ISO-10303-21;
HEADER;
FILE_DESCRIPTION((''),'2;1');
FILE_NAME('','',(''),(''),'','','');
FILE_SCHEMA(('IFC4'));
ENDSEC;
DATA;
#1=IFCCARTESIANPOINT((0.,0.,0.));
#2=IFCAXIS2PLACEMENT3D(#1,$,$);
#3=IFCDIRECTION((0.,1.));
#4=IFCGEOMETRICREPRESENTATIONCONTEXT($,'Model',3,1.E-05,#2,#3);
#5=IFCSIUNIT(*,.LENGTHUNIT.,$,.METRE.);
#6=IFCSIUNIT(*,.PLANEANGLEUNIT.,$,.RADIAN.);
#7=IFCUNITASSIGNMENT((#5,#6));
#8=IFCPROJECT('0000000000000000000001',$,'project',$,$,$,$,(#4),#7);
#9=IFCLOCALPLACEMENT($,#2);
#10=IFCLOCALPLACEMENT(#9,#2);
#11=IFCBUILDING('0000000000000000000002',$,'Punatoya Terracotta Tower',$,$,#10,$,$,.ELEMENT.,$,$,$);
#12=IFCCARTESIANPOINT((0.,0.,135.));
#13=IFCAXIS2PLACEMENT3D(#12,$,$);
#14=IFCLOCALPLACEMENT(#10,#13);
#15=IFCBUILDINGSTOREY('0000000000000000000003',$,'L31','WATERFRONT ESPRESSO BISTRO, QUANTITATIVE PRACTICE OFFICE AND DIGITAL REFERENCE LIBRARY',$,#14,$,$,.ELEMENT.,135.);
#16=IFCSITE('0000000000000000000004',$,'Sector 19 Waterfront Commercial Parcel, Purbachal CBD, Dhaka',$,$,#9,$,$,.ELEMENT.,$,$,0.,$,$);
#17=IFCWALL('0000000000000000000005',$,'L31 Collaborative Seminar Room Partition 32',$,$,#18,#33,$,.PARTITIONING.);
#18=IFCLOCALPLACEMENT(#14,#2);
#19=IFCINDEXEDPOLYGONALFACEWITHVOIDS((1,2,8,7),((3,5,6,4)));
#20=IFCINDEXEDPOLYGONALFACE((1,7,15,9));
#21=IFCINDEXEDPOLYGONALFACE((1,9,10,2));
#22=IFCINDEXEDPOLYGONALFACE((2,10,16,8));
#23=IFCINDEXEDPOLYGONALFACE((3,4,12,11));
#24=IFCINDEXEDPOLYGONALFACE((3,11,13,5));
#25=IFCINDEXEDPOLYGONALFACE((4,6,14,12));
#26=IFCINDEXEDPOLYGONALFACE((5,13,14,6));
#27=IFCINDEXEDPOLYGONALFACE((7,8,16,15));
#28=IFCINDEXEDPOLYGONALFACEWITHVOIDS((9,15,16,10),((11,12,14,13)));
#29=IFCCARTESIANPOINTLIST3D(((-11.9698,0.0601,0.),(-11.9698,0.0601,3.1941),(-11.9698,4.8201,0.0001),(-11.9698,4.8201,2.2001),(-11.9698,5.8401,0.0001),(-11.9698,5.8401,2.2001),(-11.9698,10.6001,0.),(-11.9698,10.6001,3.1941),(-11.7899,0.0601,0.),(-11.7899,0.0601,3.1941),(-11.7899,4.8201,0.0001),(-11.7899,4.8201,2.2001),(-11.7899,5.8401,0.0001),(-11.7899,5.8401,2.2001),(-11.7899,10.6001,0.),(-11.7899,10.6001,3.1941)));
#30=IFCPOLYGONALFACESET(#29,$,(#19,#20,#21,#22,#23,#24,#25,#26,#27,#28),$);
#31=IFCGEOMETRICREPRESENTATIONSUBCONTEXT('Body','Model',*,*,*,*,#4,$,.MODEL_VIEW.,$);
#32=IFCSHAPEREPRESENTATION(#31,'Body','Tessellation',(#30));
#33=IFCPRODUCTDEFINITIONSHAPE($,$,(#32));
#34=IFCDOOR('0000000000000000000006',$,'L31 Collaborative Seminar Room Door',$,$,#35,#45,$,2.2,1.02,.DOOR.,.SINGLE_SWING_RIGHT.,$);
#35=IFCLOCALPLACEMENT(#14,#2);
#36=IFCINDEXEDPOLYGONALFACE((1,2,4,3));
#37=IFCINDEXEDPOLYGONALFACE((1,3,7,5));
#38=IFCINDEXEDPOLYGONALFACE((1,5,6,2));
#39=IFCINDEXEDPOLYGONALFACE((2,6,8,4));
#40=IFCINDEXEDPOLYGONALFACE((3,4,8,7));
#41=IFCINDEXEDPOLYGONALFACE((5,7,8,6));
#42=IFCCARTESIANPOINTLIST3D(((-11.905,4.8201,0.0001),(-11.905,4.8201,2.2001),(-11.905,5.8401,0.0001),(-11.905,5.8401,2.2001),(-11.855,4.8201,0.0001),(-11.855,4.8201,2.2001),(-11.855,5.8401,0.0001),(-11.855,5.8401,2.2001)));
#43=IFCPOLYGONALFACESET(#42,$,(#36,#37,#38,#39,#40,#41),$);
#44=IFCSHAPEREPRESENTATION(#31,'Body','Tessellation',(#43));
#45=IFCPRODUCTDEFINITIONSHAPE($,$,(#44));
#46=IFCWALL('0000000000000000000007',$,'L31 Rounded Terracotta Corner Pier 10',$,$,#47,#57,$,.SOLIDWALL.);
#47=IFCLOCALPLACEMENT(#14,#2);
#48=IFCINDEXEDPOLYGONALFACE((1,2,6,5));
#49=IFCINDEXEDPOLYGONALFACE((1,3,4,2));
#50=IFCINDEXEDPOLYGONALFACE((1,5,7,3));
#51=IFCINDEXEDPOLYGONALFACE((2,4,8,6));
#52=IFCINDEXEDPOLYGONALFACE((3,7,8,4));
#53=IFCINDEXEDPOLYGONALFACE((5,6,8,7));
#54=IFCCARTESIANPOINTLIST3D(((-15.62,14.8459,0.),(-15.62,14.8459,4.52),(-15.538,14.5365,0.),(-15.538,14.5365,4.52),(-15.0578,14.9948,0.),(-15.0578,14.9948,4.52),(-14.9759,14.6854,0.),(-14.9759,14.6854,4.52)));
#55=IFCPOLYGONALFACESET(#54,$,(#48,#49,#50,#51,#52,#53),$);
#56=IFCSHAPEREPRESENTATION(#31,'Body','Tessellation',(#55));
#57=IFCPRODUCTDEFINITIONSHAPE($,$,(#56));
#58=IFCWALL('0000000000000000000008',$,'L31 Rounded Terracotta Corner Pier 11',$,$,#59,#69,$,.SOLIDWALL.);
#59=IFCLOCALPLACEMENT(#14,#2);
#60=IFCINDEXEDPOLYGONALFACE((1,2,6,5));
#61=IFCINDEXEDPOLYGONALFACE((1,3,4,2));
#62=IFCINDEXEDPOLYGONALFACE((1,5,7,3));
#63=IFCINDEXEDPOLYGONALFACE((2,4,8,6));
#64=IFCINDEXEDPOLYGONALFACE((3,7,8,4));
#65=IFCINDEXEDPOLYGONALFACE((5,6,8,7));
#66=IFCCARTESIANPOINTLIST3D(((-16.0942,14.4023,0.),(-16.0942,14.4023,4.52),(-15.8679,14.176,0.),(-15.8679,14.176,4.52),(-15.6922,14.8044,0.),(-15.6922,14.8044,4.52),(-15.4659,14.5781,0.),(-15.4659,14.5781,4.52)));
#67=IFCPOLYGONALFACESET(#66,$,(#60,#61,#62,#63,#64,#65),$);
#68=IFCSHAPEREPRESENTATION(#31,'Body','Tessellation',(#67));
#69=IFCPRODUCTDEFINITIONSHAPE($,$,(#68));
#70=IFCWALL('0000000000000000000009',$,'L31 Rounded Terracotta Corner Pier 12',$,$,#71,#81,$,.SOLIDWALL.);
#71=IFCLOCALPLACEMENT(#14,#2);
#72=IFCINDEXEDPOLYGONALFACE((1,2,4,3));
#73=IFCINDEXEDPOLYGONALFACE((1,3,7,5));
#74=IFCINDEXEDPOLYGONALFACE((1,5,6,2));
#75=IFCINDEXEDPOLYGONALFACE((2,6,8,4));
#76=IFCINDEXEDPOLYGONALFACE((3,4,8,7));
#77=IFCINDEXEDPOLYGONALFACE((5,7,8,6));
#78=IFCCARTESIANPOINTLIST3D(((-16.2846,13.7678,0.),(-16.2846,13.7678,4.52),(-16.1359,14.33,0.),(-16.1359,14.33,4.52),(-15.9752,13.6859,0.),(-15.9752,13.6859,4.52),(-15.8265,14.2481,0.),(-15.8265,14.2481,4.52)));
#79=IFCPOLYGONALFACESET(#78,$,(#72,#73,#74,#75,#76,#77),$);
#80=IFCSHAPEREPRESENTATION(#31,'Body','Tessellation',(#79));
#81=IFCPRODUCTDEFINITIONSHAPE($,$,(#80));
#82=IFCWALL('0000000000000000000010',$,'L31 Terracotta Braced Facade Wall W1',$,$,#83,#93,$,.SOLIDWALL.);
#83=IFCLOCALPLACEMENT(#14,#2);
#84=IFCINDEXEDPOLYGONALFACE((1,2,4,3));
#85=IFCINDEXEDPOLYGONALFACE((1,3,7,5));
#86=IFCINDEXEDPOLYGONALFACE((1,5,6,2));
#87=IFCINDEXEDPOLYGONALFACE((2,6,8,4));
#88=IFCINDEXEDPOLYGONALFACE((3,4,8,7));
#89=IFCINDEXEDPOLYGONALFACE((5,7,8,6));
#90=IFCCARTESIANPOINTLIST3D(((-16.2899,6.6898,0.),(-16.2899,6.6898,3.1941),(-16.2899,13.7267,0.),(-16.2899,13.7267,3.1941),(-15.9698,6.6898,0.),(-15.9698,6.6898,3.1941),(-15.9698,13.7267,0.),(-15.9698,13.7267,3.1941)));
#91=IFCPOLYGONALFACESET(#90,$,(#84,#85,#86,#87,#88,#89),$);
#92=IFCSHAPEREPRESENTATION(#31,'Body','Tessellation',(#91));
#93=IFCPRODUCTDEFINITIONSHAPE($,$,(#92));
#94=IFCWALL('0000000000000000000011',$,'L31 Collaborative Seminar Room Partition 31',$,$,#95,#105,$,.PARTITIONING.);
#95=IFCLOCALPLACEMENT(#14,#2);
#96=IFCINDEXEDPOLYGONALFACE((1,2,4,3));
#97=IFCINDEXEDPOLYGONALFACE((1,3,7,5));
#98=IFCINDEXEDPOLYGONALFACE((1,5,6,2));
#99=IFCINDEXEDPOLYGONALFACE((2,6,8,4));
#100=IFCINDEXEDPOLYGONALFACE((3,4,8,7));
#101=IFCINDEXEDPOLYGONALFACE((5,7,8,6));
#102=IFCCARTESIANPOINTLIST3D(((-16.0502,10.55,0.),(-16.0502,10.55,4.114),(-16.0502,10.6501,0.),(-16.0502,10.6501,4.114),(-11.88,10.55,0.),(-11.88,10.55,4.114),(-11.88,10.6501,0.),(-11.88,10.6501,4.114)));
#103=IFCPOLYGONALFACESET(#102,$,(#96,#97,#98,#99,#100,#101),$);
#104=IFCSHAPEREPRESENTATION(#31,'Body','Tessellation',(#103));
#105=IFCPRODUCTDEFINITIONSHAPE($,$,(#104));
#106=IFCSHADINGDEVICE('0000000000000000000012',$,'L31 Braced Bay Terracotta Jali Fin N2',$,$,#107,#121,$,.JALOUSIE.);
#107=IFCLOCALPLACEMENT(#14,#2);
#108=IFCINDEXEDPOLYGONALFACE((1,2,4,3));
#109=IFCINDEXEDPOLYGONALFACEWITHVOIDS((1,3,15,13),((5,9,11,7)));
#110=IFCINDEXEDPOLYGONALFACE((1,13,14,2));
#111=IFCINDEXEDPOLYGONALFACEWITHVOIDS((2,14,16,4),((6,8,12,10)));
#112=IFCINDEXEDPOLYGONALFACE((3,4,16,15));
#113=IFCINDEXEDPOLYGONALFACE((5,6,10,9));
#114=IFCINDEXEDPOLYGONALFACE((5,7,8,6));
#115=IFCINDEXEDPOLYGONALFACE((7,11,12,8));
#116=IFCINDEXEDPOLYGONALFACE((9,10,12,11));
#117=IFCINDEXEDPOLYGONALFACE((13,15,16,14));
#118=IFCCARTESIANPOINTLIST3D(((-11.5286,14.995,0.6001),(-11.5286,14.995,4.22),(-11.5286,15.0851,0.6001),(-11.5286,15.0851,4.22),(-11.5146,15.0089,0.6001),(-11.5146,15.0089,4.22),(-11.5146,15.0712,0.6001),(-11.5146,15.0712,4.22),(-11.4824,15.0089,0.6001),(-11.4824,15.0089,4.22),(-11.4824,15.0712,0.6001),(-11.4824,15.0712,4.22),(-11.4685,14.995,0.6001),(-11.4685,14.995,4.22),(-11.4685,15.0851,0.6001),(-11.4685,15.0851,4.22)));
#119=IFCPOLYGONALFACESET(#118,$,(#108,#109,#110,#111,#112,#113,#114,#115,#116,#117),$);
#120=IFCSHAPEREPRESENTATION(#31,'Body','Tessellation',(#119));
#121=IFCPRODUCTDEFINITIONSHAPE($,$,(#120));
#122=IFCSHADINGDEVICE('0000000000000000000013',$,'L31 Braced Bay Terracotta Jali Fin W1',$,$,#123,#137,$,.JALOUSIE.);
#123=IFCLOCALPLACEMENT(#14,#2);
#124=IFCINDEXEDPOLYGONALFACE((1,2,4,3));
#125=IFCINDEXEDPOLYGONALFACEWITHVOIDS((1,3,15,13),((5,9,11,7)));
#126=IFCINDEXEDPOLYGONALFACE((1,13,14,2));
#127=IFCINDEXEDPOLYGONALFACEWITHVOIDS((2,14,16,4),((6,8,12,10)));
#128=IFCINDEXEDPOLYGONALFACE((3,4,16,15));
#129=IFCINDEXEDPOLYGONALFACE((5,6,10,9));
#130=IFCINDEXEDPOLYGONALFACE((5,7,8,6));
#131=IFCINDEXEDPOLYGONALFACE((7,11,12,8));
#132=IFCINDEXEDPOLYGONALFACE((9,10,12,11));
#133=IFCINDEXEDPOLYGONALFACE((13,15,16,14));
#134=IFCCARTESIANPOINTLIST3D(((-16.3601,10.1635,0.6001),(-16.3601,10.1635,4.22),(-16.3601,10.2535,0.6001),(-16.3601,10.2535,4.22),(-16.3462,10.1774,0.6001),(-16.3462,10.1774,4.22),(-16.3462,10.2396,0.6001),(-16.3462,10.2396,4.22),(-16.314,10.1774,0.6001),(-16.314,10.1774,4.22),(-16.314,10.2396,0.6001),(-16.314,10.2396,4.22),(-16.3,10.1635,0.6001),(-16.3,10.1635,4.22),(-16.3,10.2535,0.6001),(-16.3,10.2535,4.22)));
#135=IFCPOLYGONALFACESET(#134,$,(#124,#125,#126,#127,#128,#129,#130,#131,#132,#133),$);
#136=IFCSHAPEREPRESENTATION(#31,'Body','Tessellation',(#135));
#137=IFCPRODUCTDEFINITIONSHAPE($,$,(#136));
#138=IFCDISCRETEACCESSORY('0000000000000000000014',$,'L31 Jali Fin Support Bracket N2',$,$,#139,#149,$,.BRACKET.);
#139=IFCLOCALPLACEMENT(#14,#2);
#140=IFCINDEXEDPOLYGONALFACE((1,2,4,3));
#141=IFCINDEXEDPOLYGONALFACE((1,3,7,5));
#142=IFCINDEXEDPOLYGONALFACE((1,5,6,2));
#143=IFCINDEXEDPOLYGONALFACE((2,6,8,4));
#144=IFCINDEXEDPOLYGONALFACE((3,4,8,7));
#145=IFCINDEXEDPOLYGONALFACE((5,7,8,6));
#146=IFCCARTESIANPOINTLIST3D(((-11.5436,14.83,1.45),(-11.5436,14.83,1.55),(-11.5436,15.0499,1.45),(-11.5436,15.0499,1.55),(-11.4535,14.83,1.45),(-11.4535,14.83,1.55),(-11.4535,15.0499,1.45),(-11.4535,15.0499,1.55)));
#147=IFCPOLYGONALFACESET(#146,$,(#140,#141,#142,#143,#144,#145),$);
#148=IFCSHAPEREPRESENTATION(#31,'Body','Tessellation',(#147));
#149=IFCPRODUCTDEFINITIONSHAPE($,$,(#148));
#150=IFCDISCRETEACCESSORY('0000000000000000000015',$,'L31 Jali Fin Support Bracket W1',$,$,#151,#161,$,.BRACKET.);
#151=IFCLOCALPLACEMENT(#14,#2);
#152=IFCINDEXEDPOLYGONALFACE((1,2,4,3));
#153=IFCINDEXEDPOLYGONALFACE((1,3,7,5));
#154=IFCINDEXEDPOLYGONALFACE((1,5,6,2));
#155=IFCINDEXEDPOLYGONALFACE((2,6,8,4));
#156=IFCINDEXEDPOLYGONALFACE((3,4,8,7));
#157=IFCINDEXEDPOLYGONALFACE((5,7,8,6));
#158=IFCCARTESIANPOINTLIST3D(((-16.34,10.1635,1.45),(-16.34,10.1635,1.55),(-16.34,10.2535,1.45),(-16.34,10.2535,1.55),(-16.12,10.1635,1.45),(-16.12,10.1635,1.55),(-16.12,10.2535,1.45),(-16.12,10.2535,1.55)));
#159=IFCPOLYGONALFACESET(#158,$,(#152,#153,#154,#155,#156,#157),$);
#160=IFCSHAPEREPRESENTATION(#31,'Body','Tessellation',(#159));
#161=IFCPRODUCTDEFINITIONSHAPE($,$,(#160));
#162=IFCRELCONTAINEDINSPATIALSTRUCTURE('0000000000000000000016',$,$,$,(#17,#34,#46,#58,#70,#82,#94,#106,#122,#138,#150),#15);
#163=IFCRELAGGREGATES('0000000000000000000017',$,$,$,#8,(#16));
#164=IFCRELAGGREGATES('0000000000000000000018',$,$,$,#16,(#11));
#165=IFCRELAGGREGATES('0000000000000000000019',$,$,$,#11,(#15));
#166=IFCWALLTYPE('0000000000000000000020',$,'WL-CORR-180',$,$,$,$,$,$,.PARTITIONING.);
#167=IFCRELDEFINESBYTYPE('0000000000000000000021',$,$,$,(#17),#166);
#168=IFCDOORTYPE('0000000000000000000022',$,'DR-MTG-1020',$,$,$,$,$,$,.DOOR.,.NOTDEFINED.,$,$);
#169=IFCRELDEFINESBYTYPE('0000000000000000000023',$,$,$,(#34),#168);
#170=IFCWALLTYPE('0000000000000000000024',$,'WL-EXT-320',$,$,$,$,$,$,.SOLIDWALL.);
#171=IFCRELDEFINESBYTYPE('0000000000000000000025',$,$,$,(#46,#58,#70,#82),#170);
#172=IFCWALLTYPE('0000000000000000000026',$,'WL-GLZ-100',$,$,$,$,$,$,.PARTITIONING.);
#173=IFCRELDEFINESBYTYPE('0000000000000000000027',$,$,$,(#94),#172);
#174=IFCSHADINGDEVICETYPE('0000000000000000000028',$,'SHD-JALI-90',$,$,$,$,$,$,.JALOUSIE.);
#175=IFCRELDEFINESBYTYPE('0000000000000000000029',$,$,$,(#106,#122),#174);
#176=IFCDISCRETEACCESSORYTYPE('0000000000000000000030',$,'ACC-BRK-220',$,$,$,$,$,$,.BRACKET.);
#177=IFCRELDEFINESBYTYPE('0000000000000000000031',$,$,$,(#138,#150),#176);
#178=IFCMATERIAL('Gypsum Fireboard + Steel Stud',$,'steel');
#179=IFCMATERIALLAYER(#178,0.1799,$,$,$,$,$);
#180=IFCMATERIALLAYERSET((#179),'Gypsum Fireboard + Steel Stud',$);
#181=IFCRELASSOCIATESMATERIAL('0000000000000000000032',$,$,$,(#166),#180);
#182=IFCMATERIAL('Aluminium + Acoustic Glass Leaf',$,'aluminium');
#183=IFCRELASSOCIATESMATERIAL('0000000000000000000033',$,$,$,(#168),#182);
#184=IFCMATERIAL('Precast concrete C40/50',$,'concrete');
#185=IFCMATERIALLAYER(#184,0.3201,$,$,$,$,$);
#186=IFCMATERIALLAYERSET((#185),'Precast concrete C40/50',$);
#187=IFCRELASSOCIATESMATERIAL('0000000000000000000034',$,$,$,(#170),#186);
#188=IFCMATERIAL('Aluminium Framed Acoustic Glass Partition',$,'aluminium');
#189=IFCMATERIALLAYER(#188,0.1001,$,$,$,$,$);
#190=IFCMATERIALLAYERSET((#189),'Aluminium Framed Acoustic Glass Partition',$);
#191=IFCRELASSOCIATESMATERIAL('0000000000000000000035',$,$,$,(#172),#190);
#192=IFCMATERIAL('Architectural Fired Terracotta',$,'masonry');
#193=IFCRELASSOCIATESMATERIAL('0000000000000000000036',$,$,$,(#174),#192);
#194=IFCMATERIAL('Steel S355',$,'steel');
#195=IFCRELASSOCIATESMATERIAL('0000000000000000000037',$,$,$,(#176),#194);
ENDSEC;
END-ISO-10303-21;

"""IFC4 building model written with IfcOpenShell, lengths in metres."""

from ifc_helpers import new_model, si_unit, direction, frame, frame_2d, origin, origin_2d, place, context, subcontext, project, spatial, rectangle, hollow_rectangle, extrude, material, layer, layer_set, material_profile, profile_set, type_object, element, fill, save


model = new_model("IFC4")

# Units and contexts
model_context = context("Model", 3, precision=1e-05, world=origin(), true_north=direction((0.0, 1.0)))
body_context = subcontext(model_context, "Body", "Model", "MODEL_VIEW")
ifc_project = project(units=[si_unit("LENGTHUNIT", "METRE"), si_unit("PLANEANGLEUNIT", "RADIAN")], contexts=[model_context])

# Site, building, storey
site_placement = place(None, origin())
site = spatial("IfcSite", under=ifc_project, at=site_placement, Name="Sector 19 Waterfront Commercial Parcel, Purbachal CBD, Dhaka", CompositionType="ELEMENT", RefElevation=0.0)
building_placement = place(site_placement, origin())
building = spatial("IfcBuilding", under=site, at=building_placement, Name="Punatoya Terracotta Tower", CompositionType="ELEMENT")
storey_placement = place(building_placement, frame((0.0, 0.0, 135.0)))
storey = spatial("IfcBuildingStorey", under=building, at=storey_placement, Name="L31", Description="WATERFRONT ESPRESSO BISTRO, QUANTITATIVE PRACTICE OFFICE AND DIGITAL REFERENCE LIBRARY", CompositionType="ELEMENT", Elevation=135.0)

# Shared definitions
ifc_material_1 = material(Name="Steel S355", Category="steel")

# Wall, opening, door
ifc_material_2 = material(Name="Gypsum Fireboard + Steel Stud", Category="steel")
ifc_layer_1 = layer(ifc_material_2, 0.1799)
ifc_layer_set_1 = layer_set([ifc_layer_1], Name="Gypsum Fireboard + Steel Stud")
wall_type_1 = type_object("IfcWallType", Name="WL-CORR-180", PredefinedType="PARTITIONING", material=ifc_layer_set_1)
wall_1_placement = place(storey_placement, frame((-11.8799, 10.6001, 0.0), z_axis=(0.0, 0.0, 1.0), x_axis=(0.0, -1.0, 0.0)))
wall_1 = element("IfcWall", 1, at=wall_1_placement, inside=storey, type_object=wall_type_1, Name="L31 Collaborative Seminar Room Partition 32", PredefinedType="PARTITIONING", context=body_context, shape_type="SweptSolid", body=[
    extrude(rectangle(XDim=10.54, YDim=0.1799, at=frame_2d((5.27, 0.0))), origin(), (0.0, 0.0, 1.0), 3.1941),
])
opening_placement = place(wall_1_placement, frame((4.76, 0.0, 0.0)))
opening = element("IfcOpeningElement", 2, at=opening_placement, cuts=wall_1, PredefinedType="OPENING", context=body_context, shape_type="SweptSolid", body=[
    extrude(rectangle(XDim=1.02, YDim=2.2, at=frame_2d((0.51, 1.1001))), frame((0.0, 0.0999, 0.0), z_axis=(0.0, -1.0, 0.0), x_axis=(1.0, 0.0, 0.0)), (0.0, 0.0, 1.0), 0.2),
])
ifc_material_3 = material(Name="Aluminium + Acoustic Glass Leaf", Category="aluminium")
door_type = type_object("IfcDoorType", Name="DR-MTG-1020", OperationType="NOTDEFINED", PredefinedType="DOOR", material=ifc_material_3)
door_placement = place(opening_placement, origin())
door = element("IfcDoor", 3, at=door_placement, inside=storey, type_object=door_type, Name="L31 Collaborative Seminar Room Door", OperationType="SINGLE_SWING_RIGHT", OverallHeight=2.2, OverallWidth=1.02, PredefinedType="DOOR", context=body_context, shape_type="SweptSolid", body=[
    extrude(rectangle(XDim=1.02, YDim=2.2, at=frame_2d((0.51, 1.1001))), frame((0.0, 0.0249, 0.0), z_axis=(0.0, -1.0, 0.0), x_axis=(1.0, 0.0, 0.0)), (0.0, 0.0, 1.0), 0.05),
])
fill(opening, door)

# Walls
ifc_material_4 = material(Name="Precast concrete C40/50", Category="concrete")
ifc_layer_2 = layer(ifc_material_4, 0.3201)
ifc_layer_set_2 = layer_set([ifc_layer_2], Name="Precast concrete C40/50")
wall_type_2 = type_object("IfcWallType", Name="WL-EXT-320", PredefinedType="SOLIDWALL", material=ifc_layer_set_2)
wall_2_placement = place(storey_placement, frame((-15.0168, 14.8401, 0.0), z_axis=(0.0, 0.0, 1.0), x_axis=(-0.966666, -0.256043, 0.0)))
element("IfcWall", 4, at=wall_2_placement, inside=storey, type_object=wall_type_2, Name="L31 Rounded Terracotta Corner Pier 10", PredefinedType="SOLIDWALL", context=body_context, shape_type="SweptSolid", body=[
    extrude(rectangle(XDim=0.5815, YDim=0.3201, at=frame_2d((0.2908, 0.0))), origin(), (0.0, 0.0, 1.0), 4.52),
])
wall_3_placement = place(storey_placement, frame((-15.5791, 14.6912, 0.0), z_axis=(0.0, 0.0, 1.0), x_axis=(-0.707107, -0.707107, 0.0)))
element("IfcWall", 5, at=wall_3_placement, inside=storey, type_object=wall_type_2, Name="L31 Rounded Terracotta Corner Pier 11", PredefinedType="SOLIDWALL", context=body_context, shape_type="SweptSolid", body=[
    extrude(rectangle(XDim=0.5686, YDim=0.3201, at=frame_2d((0.2842, 0.0))), origin(), (0.0, 0.0, 1.0), 4.52),
])
wall_4_placement = place(storey_placement, frame((-15.9812, 14.2891, 0.0), z_axis=(0.0, 0.0, 1.0), x_axis=(-0.25565, -0.966769, 0.0)))
element("IfcWall", 6, at=wall_4_placement, inside=storey, type_object=wall_type_2, Name="L31 Rounded Terracotta Corner Pier 12", PredefinedType="SOLIDWALL", context=body_context, shape_type="SweptSolid", body=[
    extrude(rectangle(XDim=0.5815, YDim=0.3201, at=frame_2d((0.2908, 0.0))), origin(), (0.0, 0.0, 1.0), 4.52),
])
wall_5_placement = place(storey_placement, frame((-16.1299, 13.7268, 0.0), z_axis=(0.0, 0.0, 1.0), x_axis=(0.0, -1.0, 0.0)))
element("IfcWall", 7, at=wall_5_placement, inside=storey, type_object=wall_type_2, Name="L31 Terracotta Braced Facade Wall W1", PredefinedType="SOLIDWALL", context=body_context, shape_type="SweptSolid", body=[
    extrude(rectangle(XDim=7.0369, YDim=0.3201, at=frame_2d((3.5186, 0.0))), origin(), (0.0, 0.0, 1.0), 3.1941),
])
ifc_material_5 = material(Name="Aluminium Framed Acoustic Glass Partition", Category="aluminium")
ifc_layer_3 = layer(ifc_material_5, 0.1001)
ifc_layer_set_3 = layer_set([ifc_layer_3], Name="Aluminium Framed Acoustic Glass Partition")
wall_type_3 = type_object("IfcWallType", Name="WL-GLZ-100", PredefinedType="PARTITIONING", material=ifc_layer_set_3)
wall_6_placement = place(storey_placement, frame((-16.05, 10.6001, 0.0), z_axis=(0.0, 0.0, 1.0), x_axis=(1.0, 0.0, 0.0)))
element("IfcWall", 8, at=wall_6_placement, inside=storey, type_object=wall_type_3, Name="L31 Collaborative Seminar Room Partition 31", PredefinedType="PARTITIONING", context=body_context, shape_type="SweptSolid", body=[
    extrude(rectangle(XDim=4.1702, YDim=0.1001, at=frame_2d((2.085, 0.0))), origin(), (0.0, 0.0, 1.0), 4.114),
])

# Shading devices
ifc_material_6 = material(Name="Architectural Fired Terracotta", Category="masonry")
ifc_material_profile_1 = material_profile(ifc_material_6, hollow_rectangle(XDim=0.0601, YDim=0.0901, WallThickness=0.0139, at=origin_2d()))
ifc_profile_set_1 = profile_set([ifc_material_profile_1], Name="Architectural Fired Terracotta")
shading_device_type = type_object("IfcShadingDeviceType", Name="SHD-JALI-90", PredefinedType="JALOUSIE", material=ifc_profile_set_1)
for number, where, z_axis, x_axis, name in (
    (9, (-11.4985, 15.04, 0.6001), (0.0, 0.0, 1.0), (1.0, 0.0, 0.0), "L31 Braced Bay Terracotta Jali Fin N2"),
    (10, (-16.3301, 10.2085, 0.6001), (0.0, 0.0, 1.0), (1.0, 0.0, 0.0), "L31 Braced Bay Terracotta Jali Fin W1"),
):
    element("IfcShadingDevice", number, at=place(storey_placement, frame(where, z_axis=z_axis, x_axis=x_axis)), inside=storey, type_object=shading_device_type, Name=name, PredefinedType="JALOUSIE", context=body_context, shape_type="SweptSolid", body=[
        extrude(hollow_rectangle(XDim=0.0601, YDim=0.0901, WallThickness=0.0139, at=origin_2d()), origin(), (0.0, 0.0, 1.0), 3.6199),
    ])

# Discrete accessories
discrete_accessory_type = type_object("IfcDiscreteAccessoryType", Name="ACC-BRK-220", PredefinedType="BRACKET", material=ifc_material_1)
for number, where, z_axis, x_axis, name in (
    (11, (-11.4985, 14.9399, 1.45), (0.0, 0.0, 1.0), (-1.0, 0.0, 0.0), "L31 Jali Fin Support Bracket N2"),
    (12, (-16.23, 10.2085, 1.45), (0.0, 0.0, 1.0), (0.0, -1.0, 0.0), "L31 Jali Fin Support Bracket W1"),
):
    element("IfcDiscreteAccessory", number, at=place(storey_placement, frame(where, z_axis=z_axis, x_axis=x_axis)), inside=storey, type_object=discrete_accessory_type, Name=name, PredefinedType="BRACKET", context=body_context, shape_type="SweptSolid", body=[
        extrude(rectangle(XDim=0.0901, YDim=0.22, at=origin_2d()), origin(), (0.0, 0.0, 1.0), 0.1001),
    ])

save(model, "model.ifc")
